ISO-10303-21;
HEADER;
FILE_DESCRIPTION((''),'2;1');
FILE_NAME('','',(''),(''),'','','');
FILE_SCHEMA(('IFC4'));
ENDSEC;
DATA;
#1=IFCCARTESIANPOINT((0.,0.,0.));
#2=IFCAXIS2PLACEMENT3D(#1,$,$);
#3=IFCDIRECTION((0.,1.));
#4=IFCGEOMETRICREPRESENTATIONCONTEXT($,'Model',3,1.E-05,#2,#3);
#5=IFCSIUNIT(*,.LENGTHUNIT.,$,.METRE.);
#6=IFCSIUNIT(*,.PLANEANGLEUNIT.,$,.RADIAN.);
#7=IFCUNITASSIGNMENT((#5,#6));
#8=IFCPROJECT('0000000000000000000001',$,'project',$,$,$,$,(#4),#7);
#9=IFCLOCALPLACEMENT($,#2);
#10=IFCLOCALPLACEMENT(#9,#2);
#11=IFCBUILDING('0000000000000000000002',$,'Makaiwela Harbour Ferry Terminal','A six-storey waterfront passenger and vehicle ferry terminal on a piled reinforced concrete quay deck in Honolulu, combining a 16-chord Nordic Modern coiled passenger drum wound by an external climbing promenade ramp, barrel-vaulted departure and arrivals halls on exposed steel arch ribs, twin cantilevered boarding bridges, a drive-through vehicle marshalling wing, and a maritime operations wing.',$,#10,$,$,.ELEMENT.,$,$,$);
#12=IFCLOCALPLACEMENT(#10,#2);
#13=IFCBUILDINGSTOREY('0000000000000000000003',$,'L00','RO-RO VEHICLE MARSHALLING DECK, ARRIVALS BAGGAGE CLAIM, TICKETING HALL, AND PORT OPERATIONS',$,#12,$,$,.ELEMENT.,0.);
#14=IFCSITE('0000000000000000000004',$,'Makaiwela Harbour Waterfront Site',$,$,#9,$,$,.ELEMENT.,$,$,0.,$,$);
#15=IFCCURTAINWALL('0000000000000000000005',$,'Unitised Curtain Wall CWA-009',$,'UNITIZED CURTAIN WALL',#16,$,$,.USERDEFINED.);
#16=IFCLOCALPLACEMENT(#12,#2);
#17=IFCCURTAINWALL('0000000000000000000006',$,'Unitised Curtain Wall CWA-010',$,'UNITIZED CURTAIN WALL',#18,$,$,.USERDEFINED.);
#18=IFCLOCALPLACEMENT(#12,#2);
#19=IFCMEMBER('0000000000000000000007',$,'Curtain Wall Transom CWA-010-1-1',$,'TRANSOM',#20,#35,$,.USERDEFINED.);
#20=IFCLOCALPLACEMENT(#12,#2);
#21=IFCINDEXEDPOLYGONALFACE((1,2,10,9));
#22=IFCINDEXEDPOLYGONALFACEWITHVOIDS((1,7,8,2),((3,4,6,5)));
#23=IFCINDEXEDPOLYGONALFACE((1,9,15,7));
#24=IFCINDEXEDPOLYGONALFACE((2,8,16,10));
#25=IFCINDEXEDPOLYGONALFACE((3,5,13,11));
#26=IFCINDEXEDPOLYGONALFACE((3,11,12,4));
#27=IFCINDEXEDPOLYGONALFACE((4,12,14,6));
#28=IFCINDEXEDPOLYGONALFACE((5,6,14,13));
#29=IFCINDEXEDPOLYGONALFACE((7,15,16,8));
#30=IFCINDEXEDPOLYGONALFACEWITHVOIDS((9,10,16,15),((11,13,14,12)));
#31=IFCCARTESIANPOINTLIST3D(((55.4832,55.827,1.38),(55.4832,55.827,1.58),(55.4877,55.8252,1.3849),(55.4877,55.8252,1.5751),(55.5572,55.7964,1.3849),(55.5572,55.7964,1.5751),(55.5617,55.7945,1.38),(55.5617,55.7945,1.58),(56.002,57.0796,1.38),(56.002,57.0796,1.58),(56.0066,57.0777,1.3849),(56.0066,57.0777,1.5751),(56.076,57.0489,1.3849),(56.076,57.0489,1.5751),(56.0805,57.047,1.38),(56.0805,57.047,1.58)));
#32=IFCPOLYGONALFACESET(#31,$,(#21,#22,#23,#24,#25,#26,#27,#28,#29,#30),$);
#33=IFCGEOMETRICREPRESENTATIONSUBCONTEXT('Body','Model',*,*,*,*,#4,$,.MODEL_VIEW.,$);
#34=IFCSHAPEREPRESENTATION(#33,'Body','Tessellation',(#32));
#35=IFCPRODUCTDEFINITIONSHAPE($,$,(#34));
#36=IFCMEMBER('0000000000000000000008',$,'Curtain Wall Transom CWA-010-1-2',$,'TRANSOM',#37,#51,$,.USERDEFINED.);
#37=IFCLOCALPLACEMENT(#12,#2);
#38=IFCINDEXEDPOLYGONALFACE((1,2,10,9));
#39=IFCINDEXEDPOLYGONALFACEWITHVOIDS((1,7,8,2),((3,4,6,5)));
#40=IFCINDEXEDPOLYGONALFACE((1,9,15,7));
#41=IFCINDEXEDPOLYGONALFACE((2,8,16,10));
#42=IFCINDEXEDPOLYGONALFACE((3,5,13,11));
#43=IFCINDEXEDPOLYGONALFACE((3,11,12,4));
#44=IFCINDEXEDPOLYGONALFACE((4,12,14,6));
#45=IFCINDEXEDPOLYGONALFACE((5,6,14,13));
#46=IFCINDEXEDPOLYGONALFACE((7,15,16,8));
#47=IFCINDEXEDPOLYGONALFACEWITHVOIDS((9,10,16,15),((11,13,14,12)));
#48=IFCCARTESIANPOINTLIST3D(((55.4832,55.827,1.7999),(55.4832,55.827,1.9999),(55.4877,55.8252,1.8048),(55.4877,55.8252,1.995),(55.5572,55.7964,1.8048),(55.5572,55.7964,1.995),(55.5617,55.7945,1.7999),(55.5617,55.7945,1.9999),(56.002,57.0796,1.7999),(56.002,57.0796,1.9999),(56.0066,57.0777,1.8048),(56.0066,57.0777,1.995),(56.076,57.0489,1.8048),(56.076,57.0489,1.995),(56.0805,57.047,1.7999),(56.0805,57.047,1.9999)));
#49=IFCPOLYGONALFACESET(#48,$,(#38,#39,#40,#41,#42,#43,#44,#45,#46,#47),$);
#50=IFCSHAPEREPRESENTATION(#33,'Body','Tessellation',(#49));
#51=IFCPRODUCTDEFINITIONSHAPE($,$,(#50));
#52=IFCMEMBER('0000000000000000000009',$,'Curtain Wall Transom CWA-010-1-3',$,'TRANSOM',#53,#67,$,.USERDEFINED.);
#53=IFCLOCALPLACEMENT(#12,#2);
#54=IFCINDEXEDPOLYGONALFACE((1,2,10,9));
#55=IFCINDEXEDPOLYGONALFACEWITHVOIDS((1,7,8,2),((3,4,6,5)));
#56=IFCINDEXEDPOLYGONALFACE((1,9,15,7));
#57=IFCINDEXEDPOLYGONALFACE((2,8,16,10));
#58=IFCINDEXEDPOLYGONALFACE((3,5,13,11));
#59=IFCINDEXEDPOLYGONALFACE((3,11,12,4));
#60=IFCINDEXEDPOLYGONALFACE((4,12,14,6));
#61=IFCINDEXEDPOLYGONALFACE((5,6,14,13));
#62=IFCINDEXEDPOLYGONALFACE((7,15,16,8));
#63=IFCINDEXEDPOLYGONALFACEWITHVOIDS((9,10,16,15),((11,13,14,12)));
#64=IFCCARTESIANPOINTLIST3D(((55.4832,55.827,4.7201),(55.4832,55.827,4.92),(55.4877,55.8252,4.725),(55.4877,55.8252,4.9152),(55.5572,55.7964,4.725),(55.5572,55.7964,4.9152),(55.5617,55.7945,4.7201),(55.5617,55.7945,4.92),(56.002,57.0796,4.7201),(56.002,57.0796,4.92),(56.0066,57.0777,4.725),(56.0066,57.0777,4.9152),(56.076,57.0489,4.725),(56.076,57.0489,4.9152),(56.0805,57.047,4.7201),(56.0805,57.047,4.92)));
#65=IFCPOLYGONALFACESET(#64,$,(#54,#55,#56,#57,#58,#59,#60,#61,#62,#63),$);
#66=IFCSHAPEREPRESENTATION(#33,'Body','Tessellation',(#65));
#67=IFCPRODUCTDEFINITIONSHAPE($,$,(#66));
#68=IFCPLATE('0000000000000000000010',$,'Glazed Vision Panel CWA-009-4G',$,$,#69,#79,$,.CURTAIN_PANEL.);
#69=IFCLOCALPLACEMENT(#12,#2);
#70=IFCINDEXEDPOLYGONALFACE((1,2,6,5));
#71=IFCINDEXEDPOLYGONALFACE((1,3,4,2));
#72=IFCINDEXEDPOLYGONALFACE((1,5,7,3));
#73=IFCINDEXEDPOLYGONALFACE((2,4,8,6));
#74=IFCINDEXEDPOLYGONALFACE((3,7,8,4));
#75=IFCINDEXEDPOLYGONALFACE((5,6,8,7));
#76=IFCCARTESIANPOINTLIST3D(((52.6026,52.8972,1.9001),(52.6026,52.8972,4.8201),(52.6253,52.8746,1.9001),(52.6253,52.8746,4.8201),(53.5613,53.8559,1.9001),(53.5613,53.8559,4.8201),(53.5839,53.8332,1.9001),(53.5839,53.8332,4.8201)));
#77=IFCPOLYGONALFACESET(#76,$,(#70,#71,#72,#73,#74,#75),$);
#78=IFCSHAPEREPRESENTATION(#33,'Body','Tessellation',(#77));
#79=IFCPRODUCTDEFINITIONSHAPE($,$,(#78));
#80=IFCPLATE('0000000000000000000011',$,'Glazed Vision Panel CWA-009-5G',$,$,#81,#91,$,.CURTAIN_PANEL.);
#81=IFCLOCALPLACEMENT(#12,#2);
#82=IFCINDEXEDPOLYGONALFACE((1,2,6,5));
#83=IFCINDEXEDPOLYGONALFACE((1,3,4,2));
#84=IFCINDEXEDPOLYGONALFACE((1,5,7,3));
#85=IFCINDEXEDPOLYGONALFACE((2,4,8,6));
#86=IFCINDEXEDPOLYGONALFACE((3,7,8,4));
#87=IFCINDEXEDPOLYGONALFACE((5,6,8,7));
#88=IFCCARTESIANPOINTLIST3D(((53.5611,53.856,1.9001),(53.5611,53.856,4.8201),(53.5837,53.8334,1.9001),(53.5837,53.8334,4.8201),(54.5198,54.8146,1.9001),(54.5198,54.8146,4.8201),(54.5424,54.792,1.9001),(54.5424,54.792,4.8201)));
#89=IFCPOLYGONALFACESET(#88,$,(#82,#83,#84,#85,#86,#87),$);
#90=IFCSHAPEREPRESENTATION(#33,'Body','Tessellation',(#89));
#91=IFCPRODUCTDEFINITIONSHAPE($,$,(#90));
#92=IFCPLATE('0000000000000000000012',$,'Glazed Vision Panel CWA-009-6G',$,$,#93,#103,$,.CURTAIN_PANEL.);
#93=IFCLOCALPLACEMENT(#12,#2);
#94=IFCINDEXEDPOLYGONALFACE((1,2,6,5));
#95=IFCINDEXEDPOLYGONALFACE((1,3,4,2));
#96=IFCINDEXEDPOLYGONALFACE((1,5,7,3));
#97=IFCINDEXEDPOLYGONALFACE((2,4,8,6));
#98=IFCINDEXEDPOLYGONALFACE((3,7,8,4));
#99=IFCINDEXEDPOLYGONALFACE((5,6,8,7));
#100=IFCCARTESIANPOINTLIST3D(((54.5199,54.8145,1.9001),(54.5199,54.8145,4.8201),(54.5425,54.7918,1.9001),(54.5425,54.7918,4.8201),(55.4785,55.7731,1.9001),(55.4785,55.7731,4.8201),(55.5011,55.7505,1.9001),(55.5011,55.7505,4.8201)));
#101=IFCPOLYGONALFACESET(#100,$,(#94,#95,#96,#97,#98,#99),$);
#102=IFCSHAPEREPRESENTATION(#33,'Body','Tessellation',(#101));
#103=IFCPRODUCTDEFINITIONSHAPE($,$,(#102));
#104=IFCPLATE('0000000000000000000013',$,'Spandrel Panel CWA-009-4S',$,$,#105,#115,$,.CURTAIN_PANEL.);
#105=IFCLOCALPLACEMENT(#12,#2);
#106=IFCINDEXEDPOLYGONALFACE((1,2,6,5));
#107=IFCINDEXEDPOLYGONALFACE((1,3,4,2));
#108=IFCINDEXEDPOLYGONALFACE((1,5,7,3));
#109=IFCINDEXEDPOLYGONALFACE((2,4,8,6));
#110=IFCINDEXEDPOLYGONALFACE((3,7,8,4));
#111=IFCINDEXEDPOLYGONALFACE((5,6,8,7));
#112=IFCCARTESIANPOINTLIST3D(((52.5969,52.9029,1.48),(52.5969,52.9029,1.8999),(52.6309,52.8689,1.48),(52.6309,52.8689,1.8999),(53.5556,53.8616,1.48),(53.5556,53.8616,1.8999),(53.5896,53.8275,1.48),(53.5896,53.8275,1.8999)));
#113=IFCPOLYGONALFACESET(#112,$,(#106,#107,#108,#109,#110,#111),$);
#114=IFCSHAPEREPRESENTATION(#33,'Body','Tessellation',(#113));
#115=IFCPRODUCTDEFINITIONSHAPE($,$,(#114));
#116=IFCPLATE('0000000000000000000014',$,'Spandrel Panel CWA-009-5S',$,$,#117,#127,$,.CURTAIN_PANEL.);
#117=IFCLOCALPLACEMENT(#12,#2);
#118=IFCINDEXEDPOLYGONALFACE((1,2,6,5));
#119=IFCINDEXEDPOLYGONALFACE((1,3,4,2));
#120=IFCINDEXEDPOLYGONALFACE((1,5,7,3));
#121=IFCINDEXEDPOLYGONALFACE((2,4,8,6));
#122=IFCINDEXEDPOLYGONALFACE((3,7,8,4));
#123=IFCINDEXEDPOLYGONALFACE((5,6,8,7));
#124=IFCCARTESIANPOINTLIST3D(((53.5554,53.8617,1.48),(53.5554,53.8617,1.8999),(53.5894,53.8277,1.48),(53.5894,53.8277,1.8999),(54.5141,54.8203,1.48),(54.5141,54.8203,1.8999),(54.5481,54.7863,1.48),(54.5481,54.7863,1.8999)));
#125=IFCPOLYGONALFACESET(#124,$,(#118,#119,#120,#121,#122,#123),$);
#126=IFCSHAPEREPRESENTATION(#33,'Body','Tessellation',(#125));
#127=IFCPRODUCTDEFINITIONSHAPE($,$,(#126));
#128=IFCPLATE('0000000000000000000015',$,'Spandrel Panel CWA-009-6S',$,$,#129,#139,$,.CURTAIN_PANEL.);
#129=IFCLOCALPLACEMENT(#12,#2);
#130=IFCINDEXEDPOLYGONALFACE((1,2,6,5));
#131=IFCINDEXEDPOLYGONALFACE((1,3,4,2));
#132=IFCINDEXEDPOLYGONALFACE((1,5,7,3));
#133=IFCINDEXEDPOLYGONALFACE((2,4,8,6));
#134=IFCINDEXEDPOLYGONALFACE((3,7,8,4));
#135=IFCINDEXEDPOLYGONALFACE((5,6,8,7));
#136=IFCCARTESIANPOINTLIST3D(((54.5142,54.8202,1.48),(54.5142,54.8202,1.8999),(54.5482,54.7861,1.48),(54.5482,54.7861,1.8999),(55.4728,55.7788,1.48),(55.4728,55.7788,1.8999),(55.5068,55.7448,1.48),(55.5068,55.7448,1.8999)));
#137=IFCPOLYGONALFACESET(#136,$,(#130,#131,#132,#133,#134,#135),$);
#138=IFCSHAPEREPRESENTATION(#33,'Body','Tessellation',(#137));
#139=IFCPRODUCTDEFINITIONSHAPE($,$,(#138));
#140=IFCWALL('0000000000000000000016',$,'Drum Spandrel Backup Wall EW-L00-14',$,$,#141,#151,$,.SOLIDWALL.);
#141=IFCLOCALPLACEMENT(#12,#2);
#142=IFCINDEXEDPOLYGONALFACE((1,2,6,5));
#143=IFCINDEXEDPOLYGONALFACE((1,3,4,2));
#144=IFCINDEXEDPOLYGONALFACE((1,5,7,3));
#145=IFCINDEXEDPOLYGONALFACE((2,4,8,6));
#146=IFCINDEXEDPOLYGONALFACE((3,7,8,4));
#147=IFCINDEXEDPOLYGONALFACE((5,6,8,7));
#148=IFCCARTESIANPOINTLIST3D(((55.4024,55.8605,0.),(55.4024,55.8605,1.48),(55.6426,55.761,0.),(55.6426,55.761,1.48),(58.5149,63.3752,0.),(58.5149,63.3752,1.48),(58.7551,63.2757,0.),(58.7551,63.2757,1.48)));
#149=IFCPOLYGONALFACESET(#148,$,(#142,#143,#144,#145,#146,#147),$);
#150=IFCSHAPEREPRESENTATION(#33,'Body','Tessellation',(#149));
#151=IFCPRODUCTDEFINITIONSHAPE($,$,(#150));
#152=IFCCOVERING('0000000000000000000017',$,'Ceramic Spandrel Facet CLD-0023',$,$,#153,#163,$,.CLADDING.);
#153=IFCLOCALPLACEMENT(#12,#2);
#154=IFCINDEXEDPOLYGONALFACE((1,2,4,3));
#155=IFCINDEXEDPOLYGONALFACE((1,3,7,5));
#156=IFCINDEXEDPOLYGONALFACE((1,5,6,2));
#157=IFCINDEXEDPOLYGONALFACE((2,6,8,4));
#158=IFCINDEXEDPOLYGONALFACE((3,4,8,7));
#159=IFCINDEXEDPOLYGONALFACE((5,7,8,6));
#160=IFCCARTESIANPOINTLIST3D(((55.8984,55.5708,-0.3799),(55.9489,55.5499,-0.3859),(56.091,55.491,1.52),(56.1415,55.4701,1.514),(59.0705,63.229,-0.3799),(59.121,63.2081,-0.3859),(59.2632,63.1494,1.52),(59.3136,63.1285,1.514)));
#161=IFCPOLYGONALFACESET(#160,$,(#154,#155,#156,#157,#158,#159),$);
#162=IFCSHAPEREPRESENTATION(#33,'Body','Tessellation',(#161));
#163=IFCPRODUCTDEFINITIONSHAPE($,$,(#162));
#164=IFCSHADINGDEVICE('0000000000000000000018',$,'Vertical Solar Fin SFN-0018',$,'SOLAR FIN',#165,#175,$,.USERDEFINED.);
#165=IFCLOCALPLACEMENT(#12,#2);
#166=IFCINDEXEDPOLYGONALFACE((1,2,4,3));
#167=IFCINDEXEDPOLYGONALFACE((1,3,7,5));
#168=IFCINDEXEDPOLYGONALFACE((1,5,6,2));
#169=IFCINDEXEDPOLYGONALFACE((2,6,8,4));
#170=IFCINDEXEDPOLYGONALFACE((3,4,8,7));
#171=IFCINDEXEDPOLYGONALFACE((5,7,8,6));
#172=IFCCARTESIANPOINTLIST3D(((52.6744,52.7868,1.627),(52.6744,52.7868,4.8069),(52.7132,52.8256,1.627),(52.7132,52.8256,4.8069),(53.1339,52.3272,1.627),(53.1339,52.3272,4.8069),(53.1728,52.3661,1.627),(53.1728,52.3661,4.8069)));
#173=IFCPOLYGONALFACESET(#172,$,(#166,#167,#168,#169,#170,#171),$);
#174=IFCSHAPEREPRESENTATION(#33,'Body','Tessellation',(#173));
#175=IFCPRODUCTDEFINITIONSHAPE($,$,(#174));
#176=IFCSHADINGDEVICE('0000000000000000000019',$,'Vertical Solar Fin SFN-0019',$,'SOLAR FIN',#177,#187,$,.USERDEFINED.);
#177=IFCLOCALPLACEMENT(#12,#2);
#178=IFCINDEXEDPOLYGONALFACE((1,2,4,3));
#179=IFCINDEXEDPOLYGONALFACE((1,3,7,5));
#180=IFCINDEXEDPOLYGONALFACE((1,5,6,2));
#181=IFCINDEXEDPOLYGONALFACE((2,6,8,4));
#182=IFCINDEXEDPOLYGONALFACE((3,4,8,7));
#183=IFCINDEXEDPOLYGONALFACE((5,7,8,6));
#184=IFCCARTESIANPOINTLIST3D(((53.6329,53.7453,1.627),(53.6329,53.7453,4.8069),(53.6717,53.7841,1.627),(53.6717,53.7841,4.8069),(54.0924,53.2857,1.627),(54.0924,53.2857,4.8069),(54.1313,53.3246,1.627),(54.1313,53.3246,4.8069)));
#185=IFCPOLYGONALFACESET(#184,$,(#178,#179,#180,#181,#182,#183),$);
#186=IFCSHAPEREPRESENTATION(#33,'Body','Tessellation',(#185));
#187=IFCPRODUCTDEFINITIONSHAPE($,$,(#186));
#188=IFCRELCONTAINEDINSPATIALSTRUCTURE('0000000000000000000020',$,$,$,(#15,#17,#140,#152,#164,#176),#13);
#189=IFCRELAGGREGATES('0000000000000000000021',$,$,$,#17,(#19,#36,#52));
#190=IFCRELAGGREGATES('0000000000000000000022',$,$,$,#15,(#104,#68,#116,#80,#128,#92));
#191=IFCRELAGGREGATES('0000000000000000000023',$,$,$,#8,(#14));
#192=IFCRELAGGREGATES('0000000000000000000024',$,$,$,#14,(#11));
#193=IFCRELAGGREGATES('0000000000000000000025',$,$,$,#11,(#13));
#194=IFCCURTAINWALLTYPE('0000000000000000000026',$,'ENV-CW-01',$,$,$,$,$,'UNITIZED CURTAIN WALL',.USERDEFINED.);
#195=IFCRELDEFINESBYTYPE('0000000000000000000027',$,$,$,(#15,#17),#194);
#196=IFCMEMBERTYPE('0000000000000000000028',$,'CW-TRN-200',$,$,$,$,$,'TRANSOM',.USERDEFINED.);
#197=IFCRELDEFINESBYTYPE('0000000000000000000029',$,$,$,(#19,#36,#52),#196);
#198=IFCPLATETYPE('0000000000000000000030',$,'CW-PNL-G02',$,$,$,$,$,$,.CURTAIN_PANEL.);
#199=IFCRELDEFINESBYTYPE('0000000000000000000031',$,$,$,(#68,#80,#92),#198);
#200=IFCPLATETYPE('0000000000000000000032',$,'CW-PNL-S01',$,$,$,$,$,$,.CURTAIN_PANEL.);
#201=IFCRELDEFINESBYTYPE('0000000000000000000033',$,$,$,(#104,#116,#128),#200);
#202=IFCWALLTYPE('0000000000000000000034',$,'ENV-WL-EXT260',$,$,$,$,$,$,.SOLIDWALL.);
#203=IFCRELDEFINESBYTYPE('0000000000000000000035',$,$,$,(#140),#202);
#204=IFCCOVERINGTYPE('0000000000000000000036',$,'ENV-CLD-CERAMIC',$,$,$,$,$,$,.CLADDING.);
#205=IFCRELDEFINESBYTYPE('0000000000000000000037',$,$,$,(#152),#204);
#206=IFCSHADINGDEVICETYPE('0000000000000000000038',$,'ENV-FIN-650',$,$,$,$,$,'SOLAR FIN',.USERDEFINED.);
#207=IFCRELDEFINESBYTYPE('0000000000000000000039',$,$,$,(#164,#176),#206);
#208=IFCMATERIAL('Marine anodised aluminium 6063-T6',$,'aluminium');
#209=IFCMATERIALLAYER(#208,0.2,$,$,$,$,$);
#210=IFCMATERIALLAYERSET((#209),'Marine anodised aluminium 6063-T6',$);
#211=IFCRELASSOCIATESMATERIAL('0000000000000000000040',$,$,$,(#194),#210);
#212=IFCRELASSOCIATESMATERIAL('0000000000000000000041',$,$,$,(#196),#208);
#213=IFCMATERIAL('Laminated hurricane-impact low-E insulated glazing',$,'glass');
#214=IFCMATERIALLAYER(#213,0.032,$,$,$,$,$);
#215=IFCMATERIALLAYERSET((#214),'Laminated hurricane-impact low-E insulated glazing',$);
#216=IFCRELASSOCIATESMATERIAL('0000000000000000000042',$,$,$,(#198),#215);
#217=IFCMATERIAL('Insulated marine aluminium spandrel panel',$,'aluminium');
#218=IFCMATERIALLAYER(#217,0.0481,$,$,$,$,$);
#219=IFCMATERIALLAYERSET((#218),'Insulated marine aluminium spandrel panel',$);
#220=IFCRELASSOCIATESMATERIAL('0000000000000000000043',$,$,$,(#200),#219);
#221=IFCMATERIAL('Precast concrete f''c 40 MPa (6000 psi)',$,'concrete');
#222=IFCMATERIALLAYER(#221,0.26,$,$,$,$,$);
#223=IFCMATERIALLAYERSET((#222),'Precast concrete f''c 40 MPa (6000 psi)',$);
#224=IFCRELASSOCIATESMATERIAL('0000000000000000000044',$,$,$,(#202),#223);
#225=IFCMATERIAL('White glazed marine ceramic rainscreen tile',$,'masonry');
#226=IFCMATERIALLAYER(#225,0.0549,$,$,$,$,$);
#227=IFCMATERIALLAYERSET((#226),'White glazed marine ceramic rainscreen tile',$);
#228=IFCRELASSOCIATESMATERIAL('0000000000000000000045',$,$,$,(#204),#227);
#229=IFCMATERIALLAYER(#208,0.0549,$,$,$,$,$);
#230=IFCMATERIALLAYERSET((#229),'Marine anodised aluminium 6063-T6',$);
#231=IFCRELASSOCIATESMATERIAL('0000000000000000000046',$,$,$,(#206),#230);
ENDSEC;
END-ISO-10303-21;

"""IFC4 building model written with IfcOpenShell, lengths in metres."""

from ifc_helpers import new_model, si_unit, direction, frame, frame_2d, origin, origin_2d, place, context, subcontext, project, spatial, polyline, rectangle, hollow_rectangle, outline, extrude, material, layer, layer_set, material_profile, profile_set, type_object, element, aggregate, save


model = new_model("IFC4")

# Units and contexts
model_context = context("Model", 3, precision=1e-05, world=origin(), true_north=direction((0.0, 1.0)))
body_context = subcontext(model_context, "Body", "Model", "MODEL_VIEW")
ifc_project = project(units=[si_unit("LENGTHUNIT", "METRE"), si_unit("PLANEANGLEUNIT", "RADIAN")], contexts=[model_context])

# Site, building, storey
site_placement = place(None, origin())
site = spatial("IfcSite", under=ifc_project, at=site_placement, Name="Makaiwela Harbour Waterfront Site", CompositionType="ELEMENT", RefElevation=0.0)
building_placement = place(site_placement, origin())
building = spatial("IfcBuilding", under=site, at=building_placement, Name="Makaiwela Harbour Ferry Terminal", Description="A six-storey waterfront passenger and vehicle ferry terminal on a piled reinforced concrete quay deck in Honolulu, combining a 16-chord Nordic Modern coiled passenger drum wound by an external climbing promenade ramp, barrel-vaulted departure and arrivals halls on exposed steel arch ribs, twin cantilevered boarding bridges, a drive-through vehicle marshalling wing, and a maritime operations wing.", CompositionType="ELEMENT")
storey_placement = place(building_placement, origin())
storey = spatial("IfcBuildingStorey", under=building, at=storey_placement, Name="L00", Description="RO-RO VEHICLE MARSHALLING DECK, ARRIVALS BAGGAGE CLAIM, TICKETING HALL, AND PORT OPERATIONS", CompositionType="ELEMENT", Elevation=0.0)

# Curtain wall
ifc_material_1 = material(Name="Marine anodised aluminium 6063-T6", Category="aluminium")
ifc_layer_1 = layer(ifc_material_1, 0.2)
ifc_layer_set_1 = layer_set([ifc_layer_1], Name="Marine anodised aluminium 6063-T6")
curtain_wall_type = type_object("IfcCurtainWallType", Name="ENV-CW-01", ElementType="UNITIZED CURTAIN WALL", PredefinedType="USERDEFINED", material=ifc_layer_set_1)
curtain_wall_1_placement = place(storey_placement, origin())
curtain_wall_1 = element("IfcCurtainWall", 1, at=curtain_wall_1_placement, inside=storey, type_object=curtain_wall_type, Name="Unitised Curtain Wall CWA-009", ObjectType="UNITIZED CURTAIN WALL", PredefinedType="USERDEFINED")

# Curtain wall
curtain_wall_2_placement = place(storey_placement, origin())
curtain_wall_2 = element("IfcCurtainWall", 2, at=curtain_wall_2_placement, inside=storey, type_object=curtain_wall_type, Name="Unitised Curtain Wall CWA-010", ObjectType="UNITIZED CURTAIN WALL", PredefinedType="USERDEFINED")

# Members
ifc_material_profile_1 = material_profile(ifc_material_1, hollow_rectangle(XDim=0.085, YDim=0.2, WallThickness=0.0049, at=origin_2d()), Name="CWT-200X85")
ifc_profile_set_1 = profile_set([ifc_material_profile_1], Name="Marine anodised aluminium 6063-T6")
member_type_1 = type_object("IfcMemberType", Name="CW-TRN-200", ElementType="TRANSOM", PredefinedType="USERDEFINED", material=ifc_profile_set_1)
member_1_placement = place(storey_placement, frame((55.5225, 55.8108, 1.48), z_axis=(0.382696, 0.923874, 0.0), x_axis=(-0.923874, 0.382696, 0.0)))
member_1 = element("IfcMember", 3, at=member_1_placement, type_object=member_type_1, Name="Curtain Wall Transom CWA-010-1-1", ObjectType="TRANSOM", PredefinedType="USERDEFINED", context=body_context, shape_type="SweptSolid", body=[
    extrude(hollow_rectangle(XDim=0.085, YDim=0.2, WallThickness=0.0049, at=origin_2d()), origin(), (0.0, 0.0, 1.0), 1.3557),
])
member_2_placement = place(storey_placement, frame((55.5225, 55.8108, 1.8999), z_axis=(0.382696, 0.923874, 0.0), x_axis=(-0.923874, 0.382696, 0.0)))
member_2 = element("IfcMember", 4, at=member_2_placement, type_object=member_type_1, Name="Curtain Wall Transom CWA-010-1-2", ObjectType="TRANSOM", PredefinedType="USERDEFINED", context=body_context, shape_type="SweptSolid", body=[
    extrude(hollow_rectangle(XDim=0.085, YDim=0.2, WallThickness=0.0049, at=origin_2d()), origin(), (0.0, 0.0, 1.0), 1.3557),
])
member_3_placement = place(storey_placement, frame((55.5225, 55.8108, 4.8201), z_axis=(0.382696, 0.923874, 0.0), x_axis=(-0.923874, 0.382696, 0.0)))
member_3 = element("IfcMember", 5, at=member_3_placement, type_object=member_type_1, Name="Curtain Wall Transom CWA-010-1-3", ObjectType="TRANSOM", PredefinedType="USERDEFINED", context=body_context, shape_type="SweptSolid", body=[
    extrude(hollow_rectangle(XDim=0.085, YDim=0.2, WallThickness=0.0049, at=origin_2d()), origin(), (0.0, 0.0, 1.0), 1.3557),
])
aggregate(curtain_wall_2, [member_1, member_2, member_3])

# Plates
ifc_material_2 = material(Name="Laminated hurricane-impact low-E insulated glazing", Category="glass")
ifc_layer_2 = layer(ifc_material_2, 0.032)
ifc_layer_set_2 = layer_set([ifc_layer_2], Name="Laminated hurricane-impact low-E insulated glazing")
plate_type_1 = type_object("IfcPlateType", Name="CW-PNL-G02", PredefinedType="CURTAIN_PANEL", material=ifc_layer_set_2)
plate_1_placement = place(storey_placement, frame((53.0933, 53.3652, 1.9001), z_axis=(0.0, 0.0, 1.0), x_axis=(0.707107, 0.707107, 0.0)))
plate_1 = element("IfcPlate", 6, at=plate_1_placement, type_object=plate_type_1, Name="Glazed Vision Panel CWA-009-4G", PredefinedType="CURTAIN_PANEL", context=body_context, shape_type="SweptSolid", body=[
    extrude(rectangle(XDim=1.3557, YDim=0.032, at=origin_2d()), origin(), (0.0, 0.0, 1.0), 2.9199),
])
plate_2_placement = place(storey_placement, frame((54.0518, 54.324, 1.9001), z_axis=(0.0, 0.0, 1.0), x_axis=(0.707107, 0.707107, 0.0)))
plate_2 = element("IfcPlate", 7, at=plate_2_placement, type_object=plate_type_1, Name="Glazed Vision Panel CWA-009-5G", PredefinedType="CURTAIN_PANEL", context=body_context, shape_type="SweptSolid", body=[
    extrude(rectangle(XDim=1.3557, YDim=0.032, at=origin_2d()), origin(), (0.0, 0.0, 1.0), 2.9199),
])
plate_3_placement = place(storey_placement, frame((55.0105, 55.2825, 1.9001), z_axis=(0.0, 0.0, 1.0), x_axis=(0.707107, 0.707107, 0.0)))
plate_3 = element("IfcPlate", 8, at=plate_3_placement, type_object=plate_type_1, Name="Glazed Vision Panel CWA-009-6G", PredefinedType="CURTAIN_PANEL", context=body_context, shape_type="SweptSolid", body=[
    extrude(rectangle(XDim=1.3557, YDim=0.032, at=origin_2d()), origin(), (0.0, 0.0, 1.0), 2.9199),
])
ifc_material_3 = material(Name="Insulated marine aluminium spandrel panel", Category="aluminium")
ifc_layer_3 = layer(ifc_material_3, 0.0481)
ifc_layer_set_3 = layer_set([ifc_layer_3], Name="Insulated marine aluminium spandrel panel")
plate_type_2 = type_object("IfcPlateType", Name="CW-PNL-S01", PredefinedType="CURTAIN_PANEL", material=ifc_layer_set_3)
plate_4_placement = place(storey_placement, frame((53.0933, 53.3652, 1.48), z_axis=(0.0, 0.0, 1.0), x_axis=(0.707107, 0.707107, 0.0)))
plate_4 = element("IfcPlate", 9, at=plate_4_placement, type_object=plate_type_2, Name="Spandrel Panel CWA-009-4S", PredefinedType="CURTAIN_PANEL", context=body_context, shape_type="SweptSolid", body=[
    extrude(rectangle(XDim=1.3557, YDim=0.0481, at=origin_2d()), origin(), (0.0, 0.0, 1.0), 0.4199),
])
plate_5_placement = place(storey_placement, frame((54.0518, 54.324, 1.48), z_axis=(0.0, 0.0, 1.0), x_axis=(0.707107, 0.707107, 0.0)))
plate_5 = element("IfcPlate", 10, at=plate_5_placement, type_object=plate_type_2, Name="Spandrel Panel CWA-009-5S", PredefinedType="CURTAIN_PANEL", context=body_context, shape_type="SweptSolid", body=[
    extrude(rectangle(XDim=1.3557, YDim=0.0481, at=origin_2d()), origin(), (0.0, 0.0, 1.0), 0.4199),
])
plate_6_placement = place(storey_placement, frame((55.0105, 55.2825, 1.48), z_axis=(0.0, 0.0, 1.0), x_axis=(0.707107, 0.707107, 0.0)))
plate_6 = element("IfcPlate", 11, at=plate_6_placement, type_object=plate_type_2, Name="Spandrel Panel CWA-009-6S", PredefinedType="CURTAIN_PANEL", context=body_context, shape_type="SweptSolid", body=[
    extrude(rectangle(XDim=1.3557, YDim=0.0481, at=origin_2d()), origin(), (0.0, 0.0, 1.0), 0.4199),
])
aggregate(curtain_wall_1, [plate_4, plate_1, plate_5, plate_2, plate_6, plate_3])

# Wall
ifc_material_4 = material(Name="Precast concrete f'c 40 MPa (6000 psi)", Category="concrete")
ifc_layer_4 = layer(ifc_material_4, 0.26)
ifc_layer_set_4 = layer_set([ifc_layer_4], Name="Precast concrete f'c 40 MPa (6000 psi)")
wall_type = type_object("IfcWallType", Name="ENV-WL-EXT260", PredefinedType="SOLIDWALL", material=ifc_layer_set_4)
wall_placement = place(storey_placement, frame((55.5225, 55.8108, 0.0), z_axis=(0.0, 0.0, 1.0), x_axis=(0.382671, 0.923885, 0.0)))
element("IfcWall", 12, at=wall_placement, inside=storey, type_object=wall_type, Name="Drum Spandrel Backup Wall EW-L00-14", PredefinedType="SOLIDWALL", context=body_context, shape_type="SweptSolid", body=[
    extrude(rectangle(XDim=8.1338, YDim=0.26, at=frame_2d((4.0669, 0.0))), origin(), (0.0, 0.0, 1.0), 1.48),
])

# Covering
ifc_material_5 = material(Name="White glazed marine ceramic rainscreen tile", Category="masonry")
ifc_layer_5 = layer(ifc_material_5, 0.0549)
ifc_layer_set_5 = layer_set([ifc_layer_5], Name="White glazed marine ceramic rainscreen tile")
covering_type = type_object("IfcCoveringType", Name="ENV-CLD-CERAMIC", PredefinedType="CLADDING", material=ifc_layer_set_5)
covering_placement = place(storey_placement, frame((55.8984, 55.5708, -0.3799), z_axis=(-0.91837, 0.380394, 0.109071), x_axis=(0.382677, 0.923882, 0.000001)))
element("IfcCovering", 13, at=covering_placement, inside=storey, type_object=covering_type, Name="Ceramic Spandrel Facet CLD-0023", PredefinedType="CLADDING", context=body_context, shape_type="SweptSolid", body=[
    extrude(outline(polyline([(0.0, 0.0), (8.2892, 0.0), (8.2894, -1.9113), (0.0, -1.9113), (0.0, 0.0)])), origin(), (0.0, 0.0, -1.0), 0.0549),
])

# Shading devices
ifc_layer_6 = layer(ifc_material_1, 0.0549)
ifc_layer_set_6 = layer_set([ifc_layer_6], Name="Marine anodised aluminium 6063-T6")
shading_device_type = type_object("IfcShadingDeviceType", Name="ENV-FIN-650", ElementType="SOLAR FIN", PredefinedType="USERDEFINED", material=ifc_layer_set_6)
for number, where, z_axis, x_axis, name in (
    (14, (52.9236, 52.5764, 1.627), (0.0, 0.0, 1.0), (0.707107, -0.707107, 0.0), "Vertical Solar Fin SFN-0018"),
    (15, (53.8821, 53.5349, 1.627), (0.0, 0.0, 1.0), (0.707107, -0.707107, 0.0), "Vertical Solar Fin SFN-0019"),
):
    element("IfcShadingDevice", number, at=place(storey_placement, frame(where, z_axis=z_axis, x_axis=x_axis)), inside=storey, type_object=shading_device_type, Name=name, ObjectType="SOLAR FIN", PredefinedType="USERDEFINED", context=body_context, shape_type="SweptSolid", body=[
        extrude(rectangle(XDim=0.6499, YDim=0.0549, at=origin_2d()), origin(), (0.0, 0.0, 1.0), 3.1799),
    ])

save(model, "model.ifc")
